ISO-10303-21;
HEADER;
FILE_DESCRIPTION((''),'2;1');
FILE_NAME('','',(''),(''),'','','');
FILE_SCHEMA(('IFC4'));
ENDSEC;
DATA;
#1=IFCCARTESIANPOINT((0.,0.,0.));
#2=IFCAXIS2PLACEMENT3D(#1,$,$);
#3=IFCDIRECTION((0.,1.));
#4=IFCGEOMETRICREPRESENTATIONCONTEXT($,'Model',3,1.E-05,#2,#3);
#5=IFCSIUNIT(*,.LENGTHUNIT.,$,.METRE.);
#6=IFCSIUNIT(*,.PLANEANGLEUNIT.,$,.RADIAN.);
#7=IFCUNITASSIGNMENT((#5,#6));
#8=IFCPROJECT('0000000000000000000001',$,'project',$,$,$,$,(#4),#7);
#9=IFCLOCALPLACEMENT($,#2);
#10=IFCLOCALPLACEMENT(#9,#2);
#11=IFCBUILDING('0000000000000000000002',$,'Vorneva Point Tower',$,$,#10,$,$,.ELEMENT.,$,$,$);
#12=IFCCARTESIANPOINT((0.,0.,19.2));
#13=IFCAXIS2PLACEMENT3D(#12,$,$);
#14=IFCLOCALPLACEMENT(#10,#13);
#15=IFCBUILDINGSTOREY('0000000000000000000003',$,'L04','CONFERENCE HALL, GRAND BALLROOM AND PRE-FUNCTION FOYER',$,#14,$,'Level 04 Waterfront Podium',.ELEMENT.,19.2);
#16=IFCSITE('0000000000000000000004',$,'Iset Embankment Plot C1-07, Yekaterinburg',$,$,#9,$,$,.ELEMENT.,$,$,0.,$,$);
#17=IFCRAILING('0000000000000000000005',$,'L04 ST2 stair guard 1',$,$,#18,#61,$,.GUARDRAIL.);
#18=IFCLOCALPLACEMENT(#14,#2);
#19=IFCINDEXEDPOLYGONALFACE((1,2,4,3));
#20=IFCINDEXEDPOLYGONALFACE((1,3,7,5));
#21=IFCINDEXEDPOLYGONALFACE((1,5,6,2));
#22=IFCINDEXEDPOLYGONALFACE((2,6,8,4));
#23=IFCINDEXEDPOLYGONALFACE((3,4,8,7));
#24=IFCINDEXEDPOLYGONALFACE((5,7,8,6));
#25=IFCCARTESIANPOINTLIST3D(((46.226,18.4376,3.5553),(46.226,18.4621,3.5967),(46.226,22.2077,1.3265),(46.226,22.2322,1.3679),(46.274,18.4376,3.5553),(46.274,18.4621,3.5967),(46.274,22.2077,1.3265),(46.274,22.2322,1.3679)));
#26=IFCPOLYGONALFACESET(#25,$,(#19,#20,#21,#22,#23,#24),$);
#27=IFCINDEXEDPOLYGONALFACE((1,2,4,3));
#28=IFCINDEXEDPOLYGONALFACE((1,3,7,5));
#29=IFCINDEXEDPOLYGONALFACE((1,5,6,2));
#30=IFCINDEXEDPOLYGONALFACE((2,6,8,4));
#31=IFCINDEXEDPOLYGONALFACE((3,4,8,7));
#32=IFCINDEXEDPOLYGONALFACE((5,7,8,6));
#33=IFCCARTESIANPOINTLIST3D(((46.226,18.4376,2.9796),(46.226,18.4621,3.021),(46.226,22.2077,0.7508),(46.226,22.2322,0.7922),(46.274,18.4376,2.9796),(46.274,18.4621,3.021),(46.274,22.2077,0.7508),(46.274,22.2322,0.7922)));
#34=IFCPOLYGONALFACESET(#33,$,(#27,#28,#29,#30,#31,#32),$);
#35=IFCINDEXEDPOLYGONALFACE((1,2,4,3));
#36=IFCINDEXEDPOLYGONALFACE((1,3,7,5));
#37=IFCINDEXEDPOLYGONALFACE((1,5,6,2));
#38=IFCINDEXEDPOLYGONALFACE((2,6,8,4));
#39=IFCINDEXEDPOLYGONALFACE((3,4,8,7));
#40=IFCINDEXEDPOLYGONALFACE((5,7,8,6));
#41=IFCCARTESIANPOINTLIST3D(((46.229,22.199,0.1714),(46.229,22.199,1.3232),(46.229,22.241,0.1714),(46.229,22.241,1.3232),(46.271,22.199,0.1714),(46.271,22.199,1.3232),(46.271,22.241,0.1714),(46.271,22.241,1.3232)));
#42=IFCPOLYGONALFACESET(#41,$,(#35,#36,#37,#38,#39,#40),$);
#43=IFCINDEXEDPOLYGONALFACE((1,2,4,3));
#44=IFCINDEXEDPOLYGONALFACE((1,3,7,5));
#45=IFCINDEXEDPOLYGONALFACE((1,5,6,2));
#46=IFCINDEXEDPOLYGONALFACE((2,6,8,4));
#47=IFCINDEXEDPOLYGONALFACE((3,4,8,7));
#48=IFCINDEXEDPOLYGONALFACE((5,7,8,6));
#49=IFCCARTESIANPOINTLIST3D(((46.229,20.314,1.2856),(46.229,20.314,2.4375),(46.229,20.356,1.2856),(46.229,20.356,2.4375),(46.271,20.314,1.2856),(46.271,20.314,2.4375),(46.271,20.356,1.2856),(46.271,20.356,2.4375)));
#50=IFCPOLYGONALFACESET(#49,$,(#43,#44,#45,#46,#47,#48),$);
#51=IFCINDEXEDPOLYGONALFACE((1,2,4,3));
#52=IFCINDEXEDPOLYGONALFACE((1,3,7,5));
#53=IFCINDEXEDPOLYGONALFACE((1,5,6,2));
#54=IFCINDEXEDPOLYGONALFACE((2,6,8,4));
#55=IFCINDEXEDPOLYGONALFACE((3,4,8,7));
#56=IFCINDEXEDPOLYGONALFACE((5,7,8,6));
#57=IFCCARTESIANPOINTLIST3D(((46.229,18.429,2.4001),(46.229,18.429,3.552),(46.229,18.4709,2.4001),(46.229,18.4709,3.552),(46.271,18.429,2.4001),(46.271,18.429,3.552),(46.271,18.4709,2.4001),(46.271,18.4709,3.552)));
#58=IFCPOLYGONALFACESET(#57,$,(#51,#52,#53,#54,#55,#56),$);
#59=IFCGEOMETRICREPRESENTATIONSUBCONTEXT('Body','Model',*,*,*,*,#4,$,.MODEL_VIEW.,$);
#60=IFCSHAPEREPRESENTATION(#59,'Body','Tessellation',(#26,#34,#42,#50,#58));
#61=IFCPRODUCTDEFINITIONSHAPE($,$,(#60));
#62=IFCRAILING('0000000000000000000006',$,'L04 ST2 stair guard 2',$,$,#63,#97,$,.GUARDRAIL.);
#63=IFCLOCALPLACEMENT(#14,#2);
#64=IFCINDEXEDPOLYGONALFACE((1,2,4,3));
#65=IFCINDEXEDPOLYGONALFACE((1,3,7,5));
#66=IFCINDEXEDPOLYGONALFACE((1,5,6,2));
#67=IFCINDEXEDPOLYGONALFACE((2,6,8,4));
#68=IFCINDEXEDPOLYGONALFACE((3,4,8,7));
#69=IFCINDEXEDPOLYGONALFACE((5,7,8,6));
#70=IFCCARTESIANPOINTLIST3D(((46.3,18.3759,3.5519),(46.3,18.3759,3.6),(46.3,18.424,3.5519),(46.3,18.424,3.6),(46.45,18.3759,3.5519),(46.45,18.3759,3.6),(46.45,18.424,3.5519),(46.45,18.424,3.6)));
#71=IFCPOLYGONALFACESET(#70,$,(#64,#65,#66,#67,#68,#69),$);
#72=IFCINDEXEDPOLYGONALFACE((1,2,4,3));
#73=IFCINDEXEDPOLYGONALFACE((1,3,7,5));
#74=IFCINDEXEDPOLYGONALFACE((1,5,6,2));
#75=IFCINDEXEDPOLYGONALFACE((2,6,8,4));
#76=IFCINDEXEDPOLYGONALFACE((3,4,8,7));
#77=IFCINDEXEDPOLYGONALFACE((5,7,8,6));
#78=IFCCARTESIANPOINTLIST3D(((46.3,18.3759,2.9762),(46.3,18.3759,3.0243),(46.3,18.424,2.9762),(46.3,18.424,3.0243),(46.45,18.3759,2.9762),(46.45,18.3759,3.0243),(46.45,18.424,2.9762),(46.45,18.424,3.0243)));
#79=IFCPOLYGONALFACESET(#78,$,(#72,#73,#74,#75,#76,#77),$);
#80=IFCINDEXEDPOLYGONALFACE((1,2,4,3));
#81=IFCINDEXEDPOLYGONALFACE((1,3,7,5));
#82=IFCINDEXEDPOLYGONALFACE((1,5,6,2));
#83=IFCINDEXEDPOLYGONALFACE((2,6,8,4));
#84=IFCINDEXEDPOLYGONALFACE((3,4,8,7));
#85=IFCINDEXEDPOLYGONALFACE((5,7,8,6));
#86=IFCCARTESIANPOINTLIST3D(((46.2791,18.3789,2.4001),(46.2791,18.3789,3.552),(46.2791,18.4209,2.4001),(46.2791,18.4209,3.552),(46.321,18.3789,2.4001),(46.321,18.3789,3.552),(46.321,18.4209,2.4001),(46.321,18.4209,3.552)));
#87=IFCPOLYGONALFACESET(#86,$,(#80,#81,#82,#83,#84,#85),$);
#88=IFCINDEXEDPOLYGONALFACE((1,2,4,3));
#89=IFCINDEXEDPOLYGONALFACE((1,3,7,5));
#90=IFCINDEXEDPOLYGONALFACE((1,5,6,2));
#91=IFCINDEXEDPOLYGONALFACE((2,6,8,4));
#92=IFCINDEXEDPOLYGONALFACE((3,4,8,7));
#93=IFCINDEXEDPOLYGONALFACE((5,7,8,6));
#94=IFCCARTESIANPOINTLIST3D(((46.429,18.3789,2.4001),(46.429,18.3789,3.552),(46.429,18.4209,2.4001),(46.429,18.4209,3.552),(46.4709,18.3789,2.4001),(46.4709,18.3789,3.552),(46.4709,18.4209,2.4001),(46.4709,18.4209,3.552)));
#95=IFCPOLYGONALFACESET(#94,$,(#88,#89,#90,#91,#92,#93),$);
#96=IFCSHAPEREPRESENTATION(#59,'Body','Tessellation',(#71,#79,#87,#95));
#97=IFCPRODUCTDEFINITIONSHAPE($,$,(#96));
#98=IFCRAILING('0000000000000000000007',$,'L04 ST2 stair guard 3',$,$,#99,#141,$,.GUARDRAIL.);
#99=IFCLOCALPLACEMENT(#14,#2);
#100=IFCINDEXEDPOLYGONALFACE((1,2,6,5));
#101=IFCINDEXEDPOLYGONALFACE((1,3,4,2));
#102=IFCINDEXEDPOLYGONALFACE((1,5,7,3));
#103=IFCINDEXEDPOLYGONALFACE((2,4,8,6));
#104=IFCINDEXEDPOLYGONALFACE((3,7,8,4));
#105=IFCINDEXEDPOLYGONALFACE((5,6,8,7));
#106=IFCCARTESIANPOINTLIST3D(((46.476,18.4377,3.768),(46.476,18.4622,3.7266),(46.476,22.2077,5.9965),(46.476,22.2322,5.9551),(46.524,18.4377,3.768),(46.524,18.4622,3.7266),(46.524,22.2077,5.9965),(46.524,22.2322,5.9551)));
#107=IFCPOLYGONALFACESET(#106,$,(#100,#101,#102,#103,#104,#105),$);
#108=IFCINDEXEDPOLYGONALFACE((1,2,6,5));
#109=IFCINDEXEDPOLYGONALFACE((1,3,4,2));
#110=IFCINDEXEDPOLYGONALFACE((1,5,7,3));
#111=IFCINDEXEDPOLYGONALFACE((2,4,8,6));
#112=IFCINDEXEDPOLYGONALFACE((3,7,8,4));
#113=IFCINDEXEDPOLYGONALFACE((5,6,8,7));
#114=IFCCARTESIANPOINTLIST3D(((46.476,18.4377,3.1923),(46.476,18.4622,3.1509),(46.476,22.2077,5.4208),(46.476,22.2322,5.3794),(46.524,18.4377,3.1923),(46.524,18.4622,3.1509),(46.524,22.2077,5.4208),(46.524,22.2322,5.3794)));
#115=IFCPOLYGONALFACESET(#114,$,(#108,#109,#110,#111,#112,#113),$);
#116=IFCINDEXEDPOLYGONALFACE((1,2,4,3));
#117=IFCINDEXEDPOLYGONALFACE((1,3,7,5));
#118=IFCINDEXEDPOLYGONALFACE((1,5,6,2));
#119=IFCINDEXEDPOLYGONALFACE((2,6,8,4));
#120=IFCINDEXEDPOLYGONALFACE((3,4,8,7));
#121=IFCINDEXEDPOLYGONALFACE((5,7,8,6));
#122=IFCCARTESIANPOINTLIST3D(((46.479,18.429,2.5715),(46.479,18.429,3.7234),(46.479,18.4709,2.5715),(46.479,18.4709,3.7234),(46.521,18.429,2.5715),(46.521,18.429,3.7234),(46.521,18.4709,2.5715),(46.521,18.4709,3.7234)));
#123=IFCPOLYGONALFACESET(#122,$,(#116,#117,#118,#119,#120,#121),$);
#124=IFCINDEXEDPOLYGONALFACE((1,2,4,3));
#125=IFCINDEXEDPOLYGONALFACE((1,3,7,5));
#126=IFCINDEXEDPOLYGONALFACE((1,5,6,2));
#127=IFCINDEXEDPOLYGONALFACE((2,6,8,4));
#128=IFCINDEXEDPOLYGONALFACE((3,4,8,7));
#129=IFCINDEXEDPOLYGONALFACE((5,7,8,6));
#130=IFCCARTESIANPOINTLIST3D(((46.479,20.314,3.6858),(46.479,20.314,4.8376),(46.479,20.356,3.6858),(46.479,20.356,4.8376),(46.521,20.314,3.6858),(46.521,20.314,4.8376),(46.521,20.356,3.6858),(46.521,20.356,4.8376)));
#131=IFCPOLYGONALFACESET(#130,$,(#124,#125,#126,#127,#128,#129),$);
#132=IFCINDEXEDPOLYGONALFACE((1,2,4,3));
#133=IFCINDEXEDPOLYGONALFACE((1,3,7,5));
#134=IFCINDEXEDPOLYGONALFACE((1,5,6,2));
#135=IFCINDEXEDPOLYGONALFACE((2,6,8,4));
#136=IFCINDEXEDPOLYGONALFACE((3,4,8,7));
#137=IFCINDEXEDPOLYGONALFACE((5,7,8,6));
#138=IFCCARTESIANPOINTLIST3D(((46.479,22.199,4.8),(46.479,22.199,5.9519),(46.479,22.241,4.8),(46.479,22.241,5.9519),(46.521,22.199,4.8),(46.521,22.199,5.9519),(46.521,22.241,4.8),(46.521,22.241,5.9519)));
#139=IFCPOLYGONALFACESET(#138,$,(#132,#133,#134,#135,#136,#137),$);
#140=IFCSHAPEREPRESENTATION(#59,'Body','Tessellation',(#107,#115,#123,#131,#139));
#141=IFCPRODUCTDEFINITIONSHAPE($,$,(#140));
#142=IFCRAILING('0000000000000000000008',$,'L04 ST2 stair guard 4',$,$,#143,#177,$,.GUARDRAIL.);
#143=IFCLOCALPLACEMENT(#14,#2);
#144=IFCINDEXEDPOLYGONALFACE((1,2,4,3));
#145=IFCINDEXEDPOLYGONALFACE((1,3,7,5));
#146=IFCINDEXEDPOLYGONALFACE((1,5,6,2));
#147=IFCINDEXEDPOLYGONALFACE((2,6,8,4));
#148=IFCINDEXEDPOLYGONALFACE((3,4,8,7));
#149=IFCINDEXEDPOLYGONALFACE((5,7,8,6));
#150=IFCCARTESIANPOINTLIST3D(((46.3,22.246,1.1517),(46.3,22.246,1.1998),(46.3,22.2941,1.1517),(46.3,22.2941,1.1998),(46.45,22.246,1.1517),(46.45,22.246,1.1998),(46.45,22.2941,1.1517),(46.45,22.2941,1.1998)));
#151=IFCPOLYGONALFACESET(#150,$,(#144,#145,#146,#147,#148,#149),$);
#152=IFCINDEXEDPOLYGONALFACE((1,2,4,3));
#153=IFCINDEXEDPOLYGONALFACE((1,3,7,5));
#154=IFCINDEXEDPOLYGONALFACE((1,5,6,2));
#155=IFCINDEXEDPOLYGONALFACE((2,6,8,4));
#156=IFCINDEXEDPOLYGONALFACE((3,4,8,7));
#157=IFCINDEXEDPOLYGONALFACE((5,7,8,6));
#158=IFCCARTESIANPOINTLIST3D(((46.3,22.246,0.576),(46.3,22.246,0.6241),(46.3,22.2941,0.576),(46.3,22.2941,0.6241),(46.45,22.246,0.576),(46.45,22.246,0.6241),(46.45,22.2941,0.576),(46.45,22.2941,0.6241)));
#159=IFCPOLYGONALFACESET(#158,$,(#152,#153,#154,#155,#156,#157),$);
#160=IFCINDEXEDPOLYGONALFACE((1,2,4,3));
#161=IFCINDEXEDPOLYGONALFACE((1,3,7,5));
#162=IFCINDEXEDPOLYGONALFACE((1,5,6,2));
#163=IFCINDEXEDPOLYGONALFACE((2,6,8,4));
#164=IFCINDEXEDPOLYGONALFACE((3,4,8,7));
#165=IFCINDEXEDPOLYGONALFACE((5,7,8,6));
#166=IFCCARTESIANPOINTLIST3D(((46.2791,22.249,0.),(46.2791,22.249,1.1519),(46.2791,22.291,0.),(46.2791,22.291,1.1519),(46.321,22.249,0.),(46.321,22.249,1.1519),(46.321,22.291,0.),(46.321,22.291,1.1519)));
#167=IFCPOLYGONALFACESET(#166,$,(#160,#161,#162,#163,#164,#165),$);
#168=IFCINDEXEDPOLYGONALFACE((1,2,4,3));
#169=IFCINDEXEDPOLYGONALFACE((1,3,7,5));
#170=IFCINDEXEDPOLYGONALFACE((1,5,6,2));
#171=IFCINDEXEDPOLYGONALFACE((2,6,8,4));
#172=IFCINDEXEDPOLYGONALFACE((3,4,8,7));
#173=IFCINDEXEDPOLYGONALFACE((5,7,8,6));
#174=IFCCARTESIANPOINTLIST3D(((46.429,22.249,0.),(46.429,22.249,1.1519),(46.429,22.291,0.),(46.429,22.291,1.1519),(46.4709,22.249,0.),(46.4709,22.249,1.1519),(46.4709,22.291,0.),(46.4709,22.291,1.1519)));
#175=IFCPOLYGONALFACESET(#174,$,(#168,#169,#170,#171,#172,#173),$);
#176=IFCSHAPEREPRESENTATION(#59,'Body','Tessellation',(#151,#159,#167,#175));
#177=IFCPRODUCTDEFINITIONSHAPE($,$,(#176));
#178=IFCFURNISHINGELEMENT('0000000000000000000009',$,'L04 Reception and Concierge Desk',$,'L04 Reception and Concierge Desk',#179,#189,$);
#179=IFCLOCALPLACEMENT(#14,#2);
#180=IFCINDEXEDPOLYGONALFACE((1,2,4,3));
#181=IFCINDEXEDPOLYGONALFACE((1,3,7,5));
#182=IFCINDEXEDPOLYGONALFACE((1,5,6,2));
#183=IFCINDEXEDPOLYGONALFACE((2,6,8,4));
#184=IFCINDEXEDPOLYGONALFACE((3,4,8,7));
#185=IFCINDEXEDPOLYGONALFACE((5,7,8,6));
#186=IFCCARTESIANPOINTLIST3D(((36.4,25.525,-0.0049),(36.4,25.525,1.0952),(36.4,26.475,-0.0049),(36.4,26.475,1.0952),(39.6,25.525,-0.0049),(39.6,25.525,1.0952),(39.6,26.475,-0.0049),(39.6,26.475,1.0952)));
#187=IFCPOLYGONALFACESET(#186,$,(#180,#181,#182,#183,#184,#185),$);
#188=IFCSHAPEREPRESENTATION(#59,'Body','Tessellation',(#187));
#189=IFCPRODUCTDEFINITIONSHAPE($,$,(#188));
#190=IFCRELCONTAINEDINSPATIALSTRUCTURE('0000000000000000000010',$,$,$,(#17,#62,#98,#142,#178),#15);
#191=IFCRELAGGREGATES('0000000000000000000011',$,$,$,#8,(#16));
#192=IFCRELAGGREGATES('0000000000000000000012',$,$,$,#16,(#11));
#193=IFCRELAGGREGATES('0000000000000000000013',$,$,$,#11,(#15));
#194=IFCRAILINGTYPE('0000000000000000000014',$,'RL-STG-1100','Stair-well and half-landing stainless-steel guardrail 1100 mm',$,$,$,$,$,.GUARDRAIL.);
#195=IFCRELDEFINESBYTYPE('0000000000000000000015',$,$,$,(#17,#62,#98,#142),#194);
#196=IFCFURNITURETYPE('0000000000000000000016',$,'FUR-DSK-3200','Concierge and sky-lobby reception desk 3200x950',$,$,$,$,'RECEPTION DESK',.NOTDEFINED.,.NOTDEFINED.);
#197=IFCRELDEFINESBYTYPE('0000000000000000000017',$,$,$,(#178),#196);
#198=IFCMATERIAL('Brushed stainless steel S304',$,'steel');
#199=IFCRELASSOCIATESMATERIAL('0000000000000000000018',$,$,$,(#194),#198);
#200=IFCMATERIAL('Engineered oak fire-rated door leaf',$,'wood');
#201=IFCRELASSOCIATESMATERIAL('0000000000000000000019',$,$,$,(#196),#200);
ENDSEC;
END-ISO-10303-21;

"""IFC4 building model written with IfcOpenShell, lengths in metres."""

from ifc_helpers import new_model, si_unit, direction, frame, origin, origin_2d, place, context, subcontext, project, spatial, rectangle, extrude, material, type_object, element, save


model = new_model("IFC4")

# Units and contexts
model_context = context("Model", 3, precision=1e-05, world=origin(), true_north=direction((0.0, 1.0)))
body_context = subcontext(model_context, "Body", "Model", "MODEL_VIEW")
ifc_project = project(units=[si_unit("LENGTHUNIT", "METRE"), si_unit("PLANEANGLEUNIT", "RADIAN")], contexts=[model_context])

# Site, building, storey
site_placement = place(None, origin())
site = spatial("IfcSite", under=ifc_project, at=site_placement, Name="Iset Embankment Plot C1-07, Yekaterinburg", CompositionType="ELEMENT", RefElevation=0.0)
building_placement = place(site_placement, origin())
building = spatial("IfcBuilding", under=site, at=building_placement, Name="Vorneva Point Tower", CompositionType="ELEMENT")
storey_placement = place(building_placement, frame((0.0, 0.0, 19.2)))
storey = spatial("IfcBuildingStorey", under=building, at=storey_placement, Name="L04", Description="CONFERENCE HALL, GRAND BALLROOM AND PRE-FUNCTION FOYER", LongName="Level 04 Waterfront Podium", CompositionType="ELEMENT", Elevation=19.2)

# Shared definitions
ifc_material_1 = material(Name="Engineered oak fire-rated door leaf", Category="wood")

# Railings
ifc_material_2 = material(Name="Brushed stainless steel S304", Category="steel")
railing_type_1 = type_object("IfcRailingType", Name="RL-STG-1100", Description="Stair-well and half-landing stainless-steel guardrail 1100 mm", PredefinedType="GUARDRAIL", material=ifc_material_2)
railing_1_placement = place(storey_placement, frame((46.25, 22.22, 0.1714)))
element("IfcRailing", 1, at=railing_1_placement, inside=storey, type_object=railing_type_1, Name="L04 ST2 stair guard 1", PredefinedType="GUARDRAIL", context=body_context, shape_type="SweptSolid", body=[
    extrude(rectangle(XDim=0.0481, YDim=0.0481, at=origin_2d()), frame((0.0, 0.0, 1.1758), z_axis=(0.0, -0.860824, 0.508902), x_axis=(1.0, 0.0, 0.0)), (0.0, 0.0, 1.0), 4.3796),
    extrude(rectangle(XDim=0.0481, YDim=0.0481, at=origin_2d()), frame((0.0, 0.0, 0.6001), z_axis=(0.0, -0.860824, 0.508902), x_axis=(1.0, 0.0, 0.0)), (0.0, 0.0, 1.0), 4.3796),
    extrude(rectangle(XDim=0.042, YDim=0.042, at=origin_2d()), origin(), (0.0, 0.0, 1.0), 1.1519),
    extrude(rectangle(XDim=0.042, YDim=0.042, at=origin_2d()), frame((0.0, -1.885, 1.1143)), (0.0, 0.0, 1.0), 1.1519),
    extrude(rectangle(XDim=0.042, YDim=0.042, at=origin_2d()), frame((0.0, -3.77, 2.2288)), (0.0, 0.0, 1.0), 1.1519),
])
railing_2_placement = place(storey_placement, frame((46.3, 18.3999, 2.4001)))
element("IfcRailing", 2, at=railing_2_placement, inside=storey, type_object=railing_type_1, Name="L04 ST2 stair guard 2", PredefinedType="GUARDRAIL", context=body_context, shape_type="SweptSolid", body=[
    extrude(rectangle(XDim=0.0481, YDim=0.0481, at=origin_2d()), frame((0.0, 0.0, 1.1758), z_axis=(1.0, 0.0, 0.0), x_axis=(0.0, 1.0, 0.0)), (0.0, 0.0, 1.0), 0.1499),
    extrude(rectangle(XDim=0.0481, YDim=0.0481, at=origin_2d()), frame((0.0, 0.0, 0.6001), z_axis=(1.0, 0.0, 0.0), x_axis=(0.0, 1.0, 0.0)), (0.0, 0.0, 1.0), 0.1499),
    extrude(rectangle(XDim=0.042, YDim=0.042, at=origin_2d()), origin(), (0.0, 0.0, 1.0), 1.1519),
    extrude(rectangle(XDim=0.042, YDim=0.042, at=origin_2d()), frame((0.1499, 0.0, 0.0)), (0.0, 0.0, 1.0), 1.1519),
])
railing_3_placement = place(storey_placement, frame((46.5, 18.45, 2.5715)))
element("IfcRailing", 3, at=railing_3_placement, inside=storey, type_object=railing_type_1, Name="L04 ST2 stair guard 3", PredefinedType="GUARDRAIL", context=body_context, shape_type="SweptSolid", body=[
    extrude(rectangle(XDim=0.0481, YDim=0.0481, at=origin_2d()), frame((0.0, 0.0, 1.1758), z_axis=(0.0, 0.860849, 0.508861), x_axis=(-1.0, 0.0, 0.0)), (0.0, 0.0, 1.0), 4.3794),
    extrude(rectangle(XDim=0.0481, YDim=0.0481, at=origin_2d()), frame((0.0, 0.0, 0.6001), z_axis=(0.0, 0.860849, 0.508861), x_axis=(-1.0, 0.0, 0.0)), (0.0, 0.0, 1.0), 4.3794),
    extrude(rectangle(XDim=0.042, YDim=0.042, at=origin_2d()), origin(), (0.0, 0.0, 1.0), 1.1519),
    extrude(rectangle(XDim=0.042, YDim=0.042, at=origin_2d()), frame((0.0, 1.885, 1.1143)), (0.0, 0.0, 1.0), 1.1519),
    extrude(rectangle(XDim=0.042, YDim=0.042, at=origin_2d()), frame((0.0, 3.77, 2.2285)), (0.0, 0.0, 1.0), 1.1519),
])
railing_4_placement = place(storey_placement, frame((46.3, 22.27, 0.0)))
element("IfcRailing", 4, at=railing_4_placement, inside=storey, type_object=railing_type_1, Name="L04 ST2 stair guard 4", PredefinedType="GUARDRAIL", context=body_context, shape_type="SweptSolid", body=[
    extrude(rectangle(XDim=0.0481, YDim=0.0481, at=origin_2d()), frame((0.0, 0.0, 1.1758), z_axis=(1.0, 0.0, 0.0), x_axis=(0.0, 1.0, 0.0)), (0.0, 0.0, 1.0), 0.1499),
    extrude(rectangle(XDim=0.0481, YDim=0.0481, at=origin_2d()), frame((0.0, 0.0, 0.6001), z_axis=(1.0, 0.0, 0.0), x_axis=(0.0, 1.0, 0.0)), (0.0, 0.0, 1.0), 0.1499),
    extrude(rectangle(XDim=0.042, YDim=0.042, at=origin_2d()), origin(), (0.0, 0.0, 1.0), 1.1519),
    extrude(rectangle(XDim=0.042, YDim=0.042, at=origin_2d()), frame((0.1499, 0.0, 0.0)), (0.0, 0.0, 1.0), 1.1519),
])

# Furnishing element
furniture_type = type_object("IfcFurnitureType", Name="FUR-DSK-3200", Description="Concierge and sky-lobby reception desk 3200x950", ElementType="RECEPTION DESK", AssemblyPlace="NOTDEFINED", PredefinedType="NOTDEFINED", material=ifc_material_1)
furnishing_placement = place(storey_placement, frame((38.0, 26.0, -0.0049), z_axis=(0.0, 0.0, 1.0), x_axis=(1.0, 0.0, 0.0)))
element("IfcFurnishingElement", 5, at=furnishing_placement, inside=storey, type_object=furniture_type, Name="L04 Reception and Concierge Desk", ObjectType="L04 Reception and Concierge Desk", context=body_context, shape_type="SweptSolid", body=[
    extrude(rectangle(XDim=3.2, YDim=0.95, at=origin_2d()), origin(), (0.0, 0.0, 1.0), 1.1001),
])

save(model, "model.ifc")
